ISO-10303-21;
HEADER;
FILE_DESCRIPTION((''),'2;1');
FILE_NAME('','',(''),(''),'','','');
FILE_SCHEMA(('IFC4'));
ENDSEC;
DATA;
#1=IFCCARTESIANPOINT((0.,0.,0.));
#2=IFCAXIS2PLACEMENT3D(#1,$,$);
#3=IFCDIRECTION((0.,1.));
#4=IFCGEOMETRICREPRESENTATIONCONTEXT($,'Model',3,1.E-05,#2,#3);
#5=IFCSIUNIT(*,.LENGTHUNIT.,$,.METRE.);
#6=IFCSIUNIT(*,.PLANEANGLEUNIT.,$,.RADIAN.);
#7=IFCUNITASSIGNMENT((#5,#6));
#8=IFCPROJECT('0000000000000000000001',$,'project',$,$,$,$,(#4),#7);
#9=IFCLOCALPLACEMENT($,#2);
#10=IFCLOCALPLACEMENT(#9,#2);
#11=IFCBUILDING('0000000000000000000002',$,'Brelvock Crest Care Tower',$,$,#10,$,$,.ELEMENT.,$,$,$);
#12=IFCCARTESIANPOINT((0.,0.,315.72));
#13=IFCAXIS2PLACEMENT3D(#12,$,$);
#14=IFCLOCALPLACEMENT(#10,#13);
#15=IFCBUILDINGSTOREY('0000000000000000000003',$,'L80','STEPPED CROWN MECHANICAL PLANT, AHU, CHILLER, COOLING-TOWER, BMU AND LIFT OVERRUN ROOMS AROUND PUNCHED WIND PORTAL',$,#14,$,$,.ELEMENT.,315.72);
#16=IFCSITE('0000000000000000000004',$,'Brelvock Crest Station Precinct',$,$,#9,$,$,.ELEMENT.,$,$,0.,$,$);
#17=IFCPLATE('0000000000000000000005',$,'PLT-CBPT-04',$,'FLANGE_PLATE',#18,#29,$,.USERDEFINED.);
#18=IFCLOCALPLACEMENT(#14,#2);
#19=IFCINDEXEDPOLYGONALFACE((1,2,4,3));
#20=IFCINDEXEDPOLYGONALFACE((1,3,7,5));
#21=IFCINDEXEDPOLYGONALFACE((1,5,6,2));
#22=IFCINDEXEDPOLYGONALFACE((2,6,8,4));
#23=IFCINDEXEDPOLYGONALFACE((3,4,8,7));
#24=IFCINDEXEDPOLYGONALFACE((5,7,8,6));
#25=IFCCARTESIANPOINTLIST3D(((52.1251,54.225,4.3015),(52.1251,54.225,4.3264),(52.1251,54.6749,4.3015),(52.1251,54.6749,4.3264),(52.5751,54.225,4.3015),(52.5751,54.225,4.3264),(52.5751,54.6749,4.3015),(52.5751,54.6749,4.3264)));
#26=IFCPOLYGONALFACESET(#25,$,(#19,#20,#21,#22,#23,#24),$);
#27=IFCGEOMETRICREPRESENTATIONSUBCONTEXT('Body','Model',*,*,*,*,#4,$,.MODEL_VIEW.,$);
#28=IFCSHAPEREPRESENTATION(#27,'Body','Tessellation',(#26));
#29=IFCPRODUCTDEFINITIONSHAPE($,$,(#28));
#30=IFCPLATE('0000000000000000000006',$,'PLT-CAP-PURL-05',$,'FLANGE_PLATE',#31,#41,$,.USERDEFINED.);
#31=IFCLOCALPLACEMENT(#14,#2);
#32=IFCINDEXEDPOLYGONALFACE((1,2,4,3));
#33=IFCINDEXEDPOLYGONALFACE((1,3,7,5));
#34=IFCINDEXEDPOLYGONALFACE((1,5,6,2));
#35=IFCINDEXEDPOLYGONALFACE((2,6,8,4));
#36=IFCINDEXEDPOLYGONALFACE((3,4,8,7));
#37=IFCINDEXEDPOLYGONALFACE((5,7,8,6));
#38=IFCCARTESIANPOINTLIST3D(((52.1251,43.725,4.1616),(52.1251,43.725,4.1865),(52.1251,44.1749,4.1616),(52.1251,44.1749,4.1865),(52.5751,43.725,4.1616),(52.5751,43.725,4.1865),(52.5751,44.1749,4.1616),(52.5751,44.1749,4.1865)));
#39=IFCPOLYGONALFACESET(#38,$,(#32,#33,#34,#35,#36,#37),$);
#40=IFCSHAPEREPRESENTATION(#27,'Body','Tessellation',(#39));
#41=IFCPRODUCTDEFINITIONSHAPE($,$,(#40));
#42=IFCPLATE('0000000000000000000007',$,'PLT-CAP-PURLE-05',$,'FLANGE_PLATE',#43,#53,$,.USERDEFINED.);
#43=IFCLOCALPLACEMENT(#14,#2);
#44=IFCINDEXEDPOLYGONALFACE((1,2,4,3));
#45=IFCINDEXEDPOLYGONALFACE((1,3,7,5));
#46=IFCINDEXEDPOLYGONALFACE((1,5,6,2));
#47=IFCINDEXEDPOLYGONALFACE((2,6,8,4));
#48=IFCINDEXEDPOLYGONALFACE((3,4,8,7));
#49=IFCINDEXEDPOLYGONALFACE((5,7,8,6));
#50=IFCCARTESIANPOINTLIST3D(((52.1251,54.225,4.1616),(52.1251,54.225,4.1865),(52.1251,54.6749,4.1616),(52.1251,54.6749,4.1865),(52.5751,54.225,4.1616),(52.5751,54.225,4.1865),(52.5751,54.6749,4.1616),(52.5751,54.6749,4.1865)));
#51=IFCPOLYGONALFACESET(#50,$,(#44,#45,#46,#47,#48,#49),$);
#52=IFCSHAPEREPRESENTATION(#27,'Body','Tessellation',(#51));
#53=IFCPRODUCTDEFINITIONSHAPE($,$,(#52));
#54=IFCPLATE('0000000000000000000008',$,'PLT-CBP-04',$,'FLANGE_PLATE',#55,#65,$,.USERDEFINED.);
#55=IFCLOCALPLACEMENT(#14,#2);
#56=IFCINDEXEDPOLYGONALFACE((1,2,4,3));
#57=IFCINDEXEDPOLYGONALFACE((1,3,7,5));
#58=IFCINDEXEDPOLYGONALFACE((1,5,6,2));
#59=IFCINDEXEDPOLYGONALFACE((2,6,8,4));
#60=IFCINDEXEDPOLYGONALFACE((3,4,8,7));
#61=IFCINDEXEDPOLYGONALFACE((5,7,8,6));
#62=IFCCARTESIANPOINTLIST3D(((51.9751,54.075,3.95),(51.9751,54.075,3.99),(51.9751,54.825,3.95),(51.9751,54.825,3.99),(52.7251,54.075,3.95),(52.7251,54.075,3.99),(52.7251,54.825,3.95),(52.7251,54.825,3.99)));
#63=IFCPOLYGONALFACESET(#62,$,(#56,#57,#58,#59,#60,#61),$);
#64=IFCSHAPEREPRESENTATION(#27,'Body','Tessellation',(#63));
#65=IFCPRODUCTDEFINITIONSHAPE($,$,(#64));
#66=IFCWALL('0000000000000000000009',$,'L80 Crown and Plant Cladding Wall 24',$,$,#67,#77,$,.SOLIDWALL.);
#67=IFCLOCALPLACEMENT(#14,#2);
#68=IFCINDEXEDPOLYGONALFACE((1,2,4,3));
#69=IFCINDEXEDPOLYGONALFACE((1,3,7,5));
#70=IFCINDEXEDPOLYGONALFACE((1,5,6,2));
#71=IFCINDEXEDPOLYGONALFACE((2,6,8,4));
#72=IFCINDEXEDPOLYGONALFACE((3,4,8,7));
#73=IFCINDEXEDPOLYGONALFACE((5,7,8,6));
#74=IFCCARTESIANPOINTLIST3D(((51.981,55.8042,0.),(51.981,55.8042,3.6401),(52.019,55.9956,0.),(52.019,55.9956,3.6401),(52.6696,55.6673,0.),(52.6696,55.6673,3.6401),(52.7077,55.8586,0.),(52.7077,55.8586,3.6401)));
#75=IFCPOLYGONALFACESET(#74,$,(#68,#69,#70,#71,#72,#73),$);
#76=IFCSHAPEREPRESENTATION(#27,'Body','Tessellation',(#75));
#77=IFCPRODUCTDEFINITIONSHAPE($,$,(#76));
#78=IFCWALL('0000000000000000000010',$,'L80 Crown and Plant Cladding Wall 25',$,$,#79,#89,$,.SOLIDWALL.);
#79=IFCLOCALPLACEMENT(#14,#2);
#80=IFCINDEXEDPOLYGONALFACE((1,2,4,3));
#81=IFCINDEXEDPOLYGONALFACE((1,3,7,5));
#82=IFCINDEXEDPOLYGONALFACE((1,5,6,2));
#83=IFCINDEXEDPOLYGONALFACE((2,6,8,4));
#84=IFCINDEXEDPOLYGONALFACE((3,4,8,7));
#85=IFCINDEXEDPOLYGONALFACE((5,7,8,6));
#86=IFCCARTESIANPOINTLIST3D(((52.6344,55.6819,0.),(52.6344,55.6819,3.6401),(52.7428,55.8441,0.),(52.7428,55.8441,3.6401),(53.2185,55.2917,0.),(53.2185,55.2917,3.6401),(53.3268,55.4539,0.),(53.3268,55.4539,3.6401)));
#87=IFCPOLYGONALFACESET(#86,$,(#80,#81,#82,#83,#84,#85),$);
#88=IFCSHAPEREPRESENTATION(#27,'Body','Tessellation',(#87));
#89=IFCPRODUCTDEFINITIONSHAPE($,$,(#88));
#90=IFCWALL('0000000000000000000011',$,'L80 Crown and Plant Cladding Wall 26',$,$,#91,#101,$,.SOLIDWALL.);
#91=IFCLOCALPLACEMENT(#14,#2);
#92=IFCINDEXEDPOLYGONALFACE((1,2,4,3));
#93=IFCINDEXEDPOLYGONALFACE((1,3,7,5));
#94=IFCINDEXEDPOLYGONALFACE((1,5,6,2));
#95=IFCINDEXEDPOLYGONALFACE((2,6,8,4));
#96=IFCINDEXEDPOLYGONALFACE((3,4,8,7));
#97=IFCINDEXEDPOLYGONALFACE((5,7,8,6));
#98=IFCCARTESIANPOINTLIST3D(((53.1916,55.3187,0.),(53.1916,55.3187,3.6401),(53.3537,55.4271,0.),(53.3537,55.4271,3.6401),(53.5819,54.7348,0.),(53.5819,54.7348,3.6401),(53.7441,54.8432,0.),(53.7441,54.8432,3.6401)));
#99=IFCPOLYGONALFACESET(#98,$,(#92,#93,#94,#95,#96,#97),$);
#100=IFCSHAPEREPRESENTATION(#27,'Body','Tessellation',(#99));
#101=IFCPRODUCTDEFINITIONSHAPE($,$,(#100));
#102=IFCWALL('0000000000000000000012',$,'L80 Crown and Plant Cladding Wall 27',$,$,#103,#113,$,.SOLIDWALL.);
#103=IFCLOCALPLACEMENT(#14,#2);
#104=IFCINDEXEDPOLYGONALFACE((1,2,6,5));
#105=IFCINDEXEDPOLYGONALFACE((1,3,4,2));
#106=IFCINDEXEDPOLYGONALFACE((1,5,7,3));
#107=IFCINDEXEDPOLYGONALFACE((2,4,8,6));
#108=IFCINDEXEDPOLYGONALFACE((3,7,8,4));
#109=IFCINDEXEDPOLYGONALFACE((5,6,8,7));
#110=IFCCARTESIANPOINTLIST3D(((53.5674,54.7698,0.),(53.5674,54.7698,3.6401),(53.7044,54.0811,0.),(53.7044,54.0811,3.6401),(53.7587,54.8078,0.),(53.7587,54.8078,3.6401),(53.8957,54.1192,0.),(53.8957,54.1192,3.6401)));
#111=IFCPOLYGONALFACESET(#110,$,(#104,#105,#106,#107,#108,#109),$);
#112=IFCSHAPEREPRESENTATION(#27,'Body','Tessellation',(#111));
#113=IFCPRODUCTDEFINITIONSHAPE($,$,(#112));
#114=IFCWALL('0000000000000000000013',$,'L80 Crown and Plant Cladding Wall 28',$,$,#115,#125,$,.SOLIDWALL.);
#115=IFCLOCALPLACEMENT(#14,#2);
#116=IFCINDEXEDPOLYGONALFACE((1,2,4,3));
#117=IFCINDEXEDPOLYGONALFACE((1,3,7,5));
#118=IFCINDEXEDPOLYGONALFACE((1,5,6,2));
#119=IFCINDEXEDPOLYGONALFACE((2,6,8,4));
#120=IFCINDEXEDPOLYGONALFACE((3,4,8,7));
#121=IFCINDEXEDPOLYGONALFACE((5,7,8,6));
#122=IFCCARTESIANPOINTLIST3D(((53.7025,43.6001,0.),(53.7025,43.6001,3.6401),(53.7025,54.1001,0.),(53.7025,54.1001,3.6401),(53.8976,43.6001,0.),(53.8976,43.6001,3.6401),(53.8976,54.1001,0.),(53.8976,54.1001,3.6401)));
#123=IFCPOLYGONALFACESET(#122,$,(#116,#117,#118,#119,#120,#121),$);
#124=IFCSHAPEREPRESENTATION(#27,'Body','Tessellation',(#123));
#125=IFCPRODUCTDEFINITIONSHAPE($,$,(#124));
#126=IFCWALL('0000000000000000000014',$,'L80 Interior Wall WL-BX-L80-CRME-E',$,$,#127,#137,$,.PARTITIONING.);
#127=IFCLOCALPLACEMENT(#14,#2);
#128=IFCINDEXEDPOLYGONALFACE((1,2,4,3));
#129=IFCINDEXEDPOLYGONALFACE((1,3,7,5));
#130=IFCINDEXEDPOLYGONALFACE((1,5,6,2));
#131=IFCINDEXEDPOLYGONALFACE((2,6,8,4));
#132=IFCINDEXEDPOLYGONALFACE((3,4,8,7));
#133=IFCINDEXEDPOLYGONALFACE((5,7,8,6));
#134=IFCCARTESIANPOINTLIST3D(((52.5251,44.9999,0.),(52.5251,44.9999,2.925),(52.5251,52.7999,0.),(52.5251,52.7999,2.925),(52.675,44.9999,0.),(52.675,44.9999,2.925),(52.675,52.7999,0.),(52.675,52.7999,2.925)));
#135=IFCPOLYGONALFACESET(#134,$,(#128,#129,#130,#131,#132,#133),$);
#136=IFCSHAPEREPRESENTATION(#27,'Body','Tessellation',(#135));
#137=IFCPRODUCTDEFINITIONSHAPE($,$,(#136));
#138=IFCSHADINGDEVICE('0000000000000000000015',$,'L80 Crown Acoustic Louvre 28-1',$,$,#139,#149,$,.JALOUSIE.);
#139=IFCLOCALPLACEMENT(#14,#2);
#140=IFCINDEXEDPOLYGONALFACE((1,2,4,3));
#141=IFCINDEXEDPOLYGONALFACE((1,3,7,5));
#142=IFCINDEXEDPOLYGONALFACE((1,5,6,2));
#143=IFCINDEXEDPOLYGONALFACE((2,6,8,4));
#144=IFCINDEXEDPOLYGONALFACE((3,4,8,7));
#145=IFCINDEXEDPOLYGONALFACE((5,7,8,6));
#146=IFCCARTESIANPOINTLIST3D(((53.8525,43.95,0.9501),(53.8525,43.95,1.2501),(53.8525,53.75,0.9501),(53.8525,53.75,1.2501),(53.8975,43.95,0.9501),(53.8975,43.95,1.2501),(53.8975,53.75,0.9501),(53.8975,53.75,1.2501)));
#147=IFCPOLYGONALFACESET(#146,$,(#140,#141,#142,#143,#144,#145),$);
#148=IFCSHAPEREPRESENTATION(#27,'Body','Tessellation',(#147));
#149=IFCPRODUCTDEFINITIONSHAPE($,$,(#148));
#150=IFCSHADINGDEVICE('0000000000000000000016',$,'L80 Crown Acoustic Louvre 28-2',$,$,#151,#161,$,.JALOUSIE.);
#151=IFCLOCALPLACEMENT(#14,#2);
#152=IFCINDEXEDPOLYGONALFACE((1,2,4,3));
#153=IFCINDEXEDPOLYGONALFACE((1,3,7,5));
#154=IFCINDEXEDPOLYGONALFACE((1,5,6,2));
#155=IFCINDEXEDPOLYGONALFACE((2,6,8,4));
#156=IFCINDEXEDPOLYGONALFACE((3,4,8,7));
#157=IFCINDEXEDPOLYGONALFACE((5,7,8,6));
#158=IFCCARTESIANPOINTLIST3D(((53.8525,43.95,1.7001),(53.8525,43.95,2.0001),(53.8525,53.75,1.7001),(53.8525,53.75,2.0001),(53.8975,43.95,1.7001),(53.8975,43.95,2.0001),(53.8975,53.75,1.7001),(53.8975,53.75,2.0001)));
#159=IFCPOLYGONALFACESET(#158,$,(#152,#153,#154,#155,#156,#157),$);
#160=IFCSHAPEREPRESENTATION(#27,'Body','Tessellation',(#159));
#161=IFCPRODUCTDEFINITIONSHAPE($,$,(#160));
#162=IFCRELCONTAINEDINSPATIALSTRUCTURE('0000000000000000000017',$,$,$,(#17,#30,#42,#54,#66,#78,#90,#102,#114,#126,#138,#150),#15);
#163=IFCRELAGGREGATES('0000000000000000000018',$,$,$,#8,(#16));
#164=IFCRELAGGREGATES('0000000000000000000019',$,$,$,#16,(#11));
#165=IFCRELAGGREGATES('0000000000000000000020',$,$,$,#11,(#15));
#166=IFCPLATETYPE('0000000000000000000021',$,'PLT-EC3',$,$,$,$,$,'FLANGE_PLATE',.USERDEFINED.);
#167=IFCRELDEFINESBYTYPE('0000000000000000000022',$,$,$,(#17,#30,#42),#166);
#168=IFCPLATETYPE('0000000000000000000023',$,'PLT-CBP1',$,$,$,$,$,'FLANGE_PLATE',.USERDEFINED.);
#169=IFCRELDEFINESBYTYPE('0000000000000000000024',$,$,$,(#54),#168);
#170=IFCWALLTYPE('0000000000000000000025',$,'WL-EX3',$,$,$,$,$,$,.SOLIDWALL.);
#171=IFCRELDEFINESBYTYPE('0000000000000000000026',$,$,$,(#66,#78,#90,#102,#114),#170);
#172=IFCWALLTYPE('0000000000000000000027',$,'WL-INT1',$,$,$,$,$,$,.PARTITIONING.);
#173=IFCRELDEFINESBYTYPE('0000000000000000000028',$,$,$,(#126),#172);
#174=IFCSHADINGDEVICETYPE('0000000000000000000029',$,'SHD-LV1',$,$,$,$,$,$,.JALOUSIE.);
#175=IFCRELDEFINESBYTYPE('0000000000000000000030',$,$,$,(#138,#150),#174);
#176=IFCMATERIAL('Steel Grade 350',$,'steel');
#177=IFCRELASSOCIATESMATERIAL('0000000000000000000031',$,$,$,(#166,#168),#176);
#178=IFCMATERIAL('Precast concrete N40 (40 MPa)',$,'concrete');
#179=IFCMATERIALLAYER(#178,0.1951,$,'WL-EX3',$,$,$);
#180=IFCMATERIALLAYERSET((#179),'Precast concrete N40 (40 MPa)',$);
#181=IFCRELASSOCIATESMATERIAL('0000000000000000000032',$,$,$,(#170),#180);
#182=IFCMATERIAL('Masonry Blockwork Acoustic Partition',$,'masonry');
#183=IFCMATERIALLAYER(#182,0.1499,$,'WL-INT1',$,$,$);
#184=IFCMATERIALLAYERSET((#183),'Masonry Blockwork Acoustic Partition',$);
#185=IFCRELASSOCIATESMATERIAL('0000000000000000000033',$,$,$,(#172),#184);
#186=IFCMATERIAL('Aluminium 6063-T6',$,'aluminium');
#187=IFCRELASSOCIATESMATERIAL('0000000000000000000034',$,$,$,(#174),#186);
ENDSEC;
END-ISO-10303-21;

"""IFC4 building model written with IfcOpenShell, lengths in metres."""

from ifc_helpers import new_model, si_unit, direction, frame, frame_2d, origin, origin_2d, place, context, subcontext, project, spatial, rectangle, extrude, source, transform, mapped, material, layer, layer_set, material_profile, profile_set, type_object, element, save


model = new_model("IFC4")

# Units and contexts
model_context = context("Model", 3, precision=1e-05, world=origin(), true_north=direction((0.0, 1.0)))
body_context = subcontext(model_context, "Body", "Model", "MODEL_VIEW")
ifc_project = project(units=[si_unit("LENGTHUNIT", "METRE"), si_unit("PLANEANGLEUNIT", "RADIAN")], contexts=[model_context])

# Site, building, storey
site_placement = place(None, origin())
site = spatial("IfcSite", under=ifc_project, at=site_placement, Name="Brelvock Crest Station Precinct", CompositionType="ELEMENT", RefElevation=0.0)
building_placement = place(site_placement, origin())
building = spatial("IfcBuilding", under=site, at=building_placement, Name="Brelvock Crest Care Tower", CompositionType="ELEMENT")
storey_placement = place(building_placement, frame((0.0, 0.0, 315.72)))
storey = spatial("IfcBuildingStorey", under=building, at=storey_placement, Name="L80", Description="STEPPED CROWN MECHANICAL PLANT, AHU, CHILLER, COOLING-TOWER, BMU AND LIFT OVERRUN ROOMS AROUND PUNCHED WIND PORTAL", CompositionType="ELEMENT", Elevation=315.72)

# Shared definitions
ifc_material_1 = material(Name="Steel Grade 350", Category="steel")

# Plates
plate_type_1 = type_object("IfcPlateType", Name="PLT-EC3", ElementType="FLANGE_PLATE", PredefinedType="USERDEFINED", material=ifc_material_1)
shared_shape_1 = source(origin(), body_context, "Body", "SweptSolid", [
    extrude(rectangle(XDim=0.45, YDim=0.45, at=origin_2d()), origin(), (0.0, 0.0, 1.0), 0.0249),
])
for number, where, z_axis, x_axis, name in (
    (1, (52.3501, 54.45, 4.3015), (0.0, 0.0, 1.0), (1.0, 0.0, 0.0), "PLT-CBPT-04"),
    (2, (52.3501, 43.95, 4.1616), (0.0, 0.0, 1.0), (1.0, 0.0, 0.0), "PLT-CAP-PURL-05"),
    (3, (52.3501, 54.45, 4.1616), (0.0, 0.0, 1.0), (1.0, 0.0, 0.0), "PLT-CAP-PURLE-05"),
):
    element("IfcPlate", number, at=place(storey_placement, frame(where, z_axis=z_axis, x_axis=x_axis)), inside=storey, type_object=plate_type_1, Name=name, ObjectType="FLANGE_PLATE", PredefinedType="USERDEFINED", context=body_context, shape_type="MappedRepresentation", body=[
        mapped(shared_shape_1, transform((0.0, 0.0, 0.0), x_axis=(1.0, 0.0, 0.0), y_axis=(0.0, 1.0, 0.0), z_axis=(0.0, 0.0, 1.0), scale=1.0)),
    ])
plate_type_2 = type_object("IfcPlateType", Name="PLT-CBP1", ElementType="FLANGE_PLATE", PredefinedType="USERDEFINED", material=ifc_material_1)
shared_shape_2 = source(origin(), body_context, "Body", "SweptSolid", [
    extrude(rectangle(XDim=0.75, YDim=0.75, at=origin_2d()), origin(), (0.0, 0.0, 1.0), 0.04),
])
plate_placement = place(storey_placement, frame((52.3501, 54.45, 3.95), z_axis=(0.0, 0.0, 1.0), x_axis=(1.0, 0.0, 0.0)))
element("IfcPlate", 4, at=plate_placement, inside=storey, type_object=plate_type_2, Name="PLT-CBP-04", ObjectType="FLANGE_PLATE", PredefinedType="USERDEFINED", context=body_context, shape_type="MappedRepresentation", body=[
    mapped(shared_shape_2, transform((0.0, 0.0, 0.0), x_axis=(1.0, 0.0, 0.0), y_axis=(0.0, 1.0, 0.0), z_axis=(0.0, 0.0, 1.0), scale=1.0)),
])

# Walls
ifc_material_2 = material(Name="Precast concrete N40 (40 MPa)", Category="concrete")
ifc_layer_1 = layer(ifc_material_2, 0.1951, Name="WL-EX3")
ifc_layer_set_1 = layer_set([ifc_layer_1], Name="Precast concrete N40 (40 MPa)")
wall_type_1 = type_object("IfcWallType", Name="WL-EX3", PredefinedType="SOLIDWALL", material=ifc_layer_set_1)
wall_1_placement = place(storey_placement, frame((52.0, 55.8999, 0.0), z_axis=(0.0, 0.0, 1.0), x_axis=(0.980794, -0.195046, 0.0)))
element("IfcWall", 5, at=wall_1_placement, inside=storey, type_object=wall_type_1, Name="L80 Crown and Plant Cladding Wall 24", PredefinedType="SOLIDWALL", context=body_context, shape_type="SweptSolid", body=[
    extrude(rectangle(XDim=0.7021, YDim=0.1951, at=frame_2d((0.3511, 0.0))), origin(), (0.0, 0.0, 1.0), 3.6401),
])
for number, where, z_axis, x_axis, name in (
    (6, (52.6887, 55.7629, 0.0), (0.0, 0.0, 1.0), (0.831515, -0.555502, 0.0), "L80 Crown and Plant Cladding Wall 25"),
    (7, (53.2727, 55.3728, 0.0), (0.0, 0.0, 1.0), (0.555742, -0.831355, 0.0), "L80 Crown and Plant Cladding Wall 26"),
):
    element("IfcWall", number, at=place(storey_placement, frame(where, z_axis=z_axis, x_axis=x_axis)), inside=storey, type_object=wall_type_1, Name=name, PredefinedType="SOLIDWALL", context=body_context, shape_type="SweptSolid", body=[
        extrude(rectangle(XDim=0.7024, YDim=0.1951, at=frame_2d((0.3511, 0.0))), origin(), (0.0, 0.0, 1.0), 3.6401),
    ])
wall_2_placement = place(storey_placement, frame((53.6631, 54.7888, 0.0), z_axis=(0.0, 0.0, 1.0), x_axis=(0.195046, -0.980794, 0.0)))
element("IfcWall", 8, at=wall_2_placement, inside=storey, type_object=wall_type_1, Name="L80 Crown and Plant Cladding Wall 27", PredefinedType="SOLIDWALL", context=body_context, shape_type="SweptSolid", body=[
    extrude(rectangle(XDim=0.7021, YDim=0.1951, at=frame_2d((0.3511, 0.0))), origin(), (0.0, 0.0, 1.0), 3.6401),
])
wall_3_placement = place(storey_placement, frame((53.8, 54.1001, 0.0), z_axis=(0.0, 0.0, 1.0), x_axis=(0.0, -1.0, 0.0)))
element("IfcWall", 9, at=wall_3_placement, inside=storey, type_object=wall_type_1, Name="L80 Crown and Plant Cladding Wall 28", PredefinedType="SOLIDWALL", context=body_context, shape_type="SweptSolid", body=[
    extrude(rectangle(XDim=10.5, YDim=0.1951, at=frame_2d((5.25, 0.0))), origin(), (0.0, 0.0, 1.0), 3.6401),
])
ifc_material_3 = material(Name="Masonry Blockwork Acoustic Partition", Category="masonry")
ifc_layer_2 = layer(ifc_material_3, 0.1499, Name="WL-INT1")
ifc_layer_set_2 = layer_set([ifc_layer_2], Name="Masonry Blockwork Acoustic Partition")
wall_type_2 = type_object("IfcWallType", Name="WL-INT1", PredefinedType="PARTITIONING", material=ifc_layer_set_2)
wall_4_placement = place(storey_placement, frame((52.6001, 45.0, 0.0), z_axis=(0.0, 0.0, 1.0), x_axis=(0.0, 1.0, 0.0)))
element("IfcWall", 10, at=wall_4_placement, inside=storey, type_object=wall_type_2, Name="L80 Interior Wall WL-BX-L80-CRME-E", PredefinedType="PARTITIONING", context=body_context, shape_type="SweptSolid", body=[
    extrude(rectangle(XDim=7.8, YDim=0.1499, at=frame_2d((3.8999, 0.0))), origin(), (0.0, 0.0, 1.0), 2.925),
])

# Shading devices
ifc_material_4 = material(Name="Aluminium 6063-T6", Category="aluminium")
ifc_material_profile_1 = material_profile(ifc_material_4, rectangle(XDim=0.0449, YDim=0.3, at=origin_2d()), Name="LOUVRE45x300")
ifc_profile_set_1 = profile_set([ifc_material_profile_1], Name="Aluminium 6063-T6")
shading_device_type = type_object("IfcShadingDeviceType", Name="SHD-LV1", PredefinedType="JALOUSIE", material=ifc_profile_set_1)
shared_shape_3 = source(origin(), body_context, "Body", "SweptSolid", [
    extrude(rectangle(XDim=0.0449, YDim=0.3, at=origin_2d()), origin(), (0.0, 0.0, 1.0), 9.8),
])
for number, where, z_axis, x_axis, name in (
    (11, (53.875, 53.75, 1.1001), (0.0, -1.0, 0.0), (1.0, 0.0, 0.0), "L80 Crown Acoustic Louvre 28-1"),
    (12, (53.875, 53.75, 1.8501), (0.0, -1.0, 0.0), (1.0, 0.0, 0.0), "L80 Crown Acoustic Louvre 28-2"),
):
    element("IfcShadingDevice", number, at=place(storey_placement, frame(where, z_axis=z_axis, x_axis=x_axis)), inside=storey, type_object=shading_device_type, Name=name, PredefinedType="JALOUSIE", context=body_context, shape_type="MappedRepresentation", body=[
        mapped(shared_shape_3, transform((0.0, 0.0, 0.0), x_axis=(1.0, 0.0, 0.0), y_axis=(0.0, 1.0, 0.0), z_axis=(0.0, 0.0, 1.0), scale=1.0)),
    ])

save(model, "model.ifc")
